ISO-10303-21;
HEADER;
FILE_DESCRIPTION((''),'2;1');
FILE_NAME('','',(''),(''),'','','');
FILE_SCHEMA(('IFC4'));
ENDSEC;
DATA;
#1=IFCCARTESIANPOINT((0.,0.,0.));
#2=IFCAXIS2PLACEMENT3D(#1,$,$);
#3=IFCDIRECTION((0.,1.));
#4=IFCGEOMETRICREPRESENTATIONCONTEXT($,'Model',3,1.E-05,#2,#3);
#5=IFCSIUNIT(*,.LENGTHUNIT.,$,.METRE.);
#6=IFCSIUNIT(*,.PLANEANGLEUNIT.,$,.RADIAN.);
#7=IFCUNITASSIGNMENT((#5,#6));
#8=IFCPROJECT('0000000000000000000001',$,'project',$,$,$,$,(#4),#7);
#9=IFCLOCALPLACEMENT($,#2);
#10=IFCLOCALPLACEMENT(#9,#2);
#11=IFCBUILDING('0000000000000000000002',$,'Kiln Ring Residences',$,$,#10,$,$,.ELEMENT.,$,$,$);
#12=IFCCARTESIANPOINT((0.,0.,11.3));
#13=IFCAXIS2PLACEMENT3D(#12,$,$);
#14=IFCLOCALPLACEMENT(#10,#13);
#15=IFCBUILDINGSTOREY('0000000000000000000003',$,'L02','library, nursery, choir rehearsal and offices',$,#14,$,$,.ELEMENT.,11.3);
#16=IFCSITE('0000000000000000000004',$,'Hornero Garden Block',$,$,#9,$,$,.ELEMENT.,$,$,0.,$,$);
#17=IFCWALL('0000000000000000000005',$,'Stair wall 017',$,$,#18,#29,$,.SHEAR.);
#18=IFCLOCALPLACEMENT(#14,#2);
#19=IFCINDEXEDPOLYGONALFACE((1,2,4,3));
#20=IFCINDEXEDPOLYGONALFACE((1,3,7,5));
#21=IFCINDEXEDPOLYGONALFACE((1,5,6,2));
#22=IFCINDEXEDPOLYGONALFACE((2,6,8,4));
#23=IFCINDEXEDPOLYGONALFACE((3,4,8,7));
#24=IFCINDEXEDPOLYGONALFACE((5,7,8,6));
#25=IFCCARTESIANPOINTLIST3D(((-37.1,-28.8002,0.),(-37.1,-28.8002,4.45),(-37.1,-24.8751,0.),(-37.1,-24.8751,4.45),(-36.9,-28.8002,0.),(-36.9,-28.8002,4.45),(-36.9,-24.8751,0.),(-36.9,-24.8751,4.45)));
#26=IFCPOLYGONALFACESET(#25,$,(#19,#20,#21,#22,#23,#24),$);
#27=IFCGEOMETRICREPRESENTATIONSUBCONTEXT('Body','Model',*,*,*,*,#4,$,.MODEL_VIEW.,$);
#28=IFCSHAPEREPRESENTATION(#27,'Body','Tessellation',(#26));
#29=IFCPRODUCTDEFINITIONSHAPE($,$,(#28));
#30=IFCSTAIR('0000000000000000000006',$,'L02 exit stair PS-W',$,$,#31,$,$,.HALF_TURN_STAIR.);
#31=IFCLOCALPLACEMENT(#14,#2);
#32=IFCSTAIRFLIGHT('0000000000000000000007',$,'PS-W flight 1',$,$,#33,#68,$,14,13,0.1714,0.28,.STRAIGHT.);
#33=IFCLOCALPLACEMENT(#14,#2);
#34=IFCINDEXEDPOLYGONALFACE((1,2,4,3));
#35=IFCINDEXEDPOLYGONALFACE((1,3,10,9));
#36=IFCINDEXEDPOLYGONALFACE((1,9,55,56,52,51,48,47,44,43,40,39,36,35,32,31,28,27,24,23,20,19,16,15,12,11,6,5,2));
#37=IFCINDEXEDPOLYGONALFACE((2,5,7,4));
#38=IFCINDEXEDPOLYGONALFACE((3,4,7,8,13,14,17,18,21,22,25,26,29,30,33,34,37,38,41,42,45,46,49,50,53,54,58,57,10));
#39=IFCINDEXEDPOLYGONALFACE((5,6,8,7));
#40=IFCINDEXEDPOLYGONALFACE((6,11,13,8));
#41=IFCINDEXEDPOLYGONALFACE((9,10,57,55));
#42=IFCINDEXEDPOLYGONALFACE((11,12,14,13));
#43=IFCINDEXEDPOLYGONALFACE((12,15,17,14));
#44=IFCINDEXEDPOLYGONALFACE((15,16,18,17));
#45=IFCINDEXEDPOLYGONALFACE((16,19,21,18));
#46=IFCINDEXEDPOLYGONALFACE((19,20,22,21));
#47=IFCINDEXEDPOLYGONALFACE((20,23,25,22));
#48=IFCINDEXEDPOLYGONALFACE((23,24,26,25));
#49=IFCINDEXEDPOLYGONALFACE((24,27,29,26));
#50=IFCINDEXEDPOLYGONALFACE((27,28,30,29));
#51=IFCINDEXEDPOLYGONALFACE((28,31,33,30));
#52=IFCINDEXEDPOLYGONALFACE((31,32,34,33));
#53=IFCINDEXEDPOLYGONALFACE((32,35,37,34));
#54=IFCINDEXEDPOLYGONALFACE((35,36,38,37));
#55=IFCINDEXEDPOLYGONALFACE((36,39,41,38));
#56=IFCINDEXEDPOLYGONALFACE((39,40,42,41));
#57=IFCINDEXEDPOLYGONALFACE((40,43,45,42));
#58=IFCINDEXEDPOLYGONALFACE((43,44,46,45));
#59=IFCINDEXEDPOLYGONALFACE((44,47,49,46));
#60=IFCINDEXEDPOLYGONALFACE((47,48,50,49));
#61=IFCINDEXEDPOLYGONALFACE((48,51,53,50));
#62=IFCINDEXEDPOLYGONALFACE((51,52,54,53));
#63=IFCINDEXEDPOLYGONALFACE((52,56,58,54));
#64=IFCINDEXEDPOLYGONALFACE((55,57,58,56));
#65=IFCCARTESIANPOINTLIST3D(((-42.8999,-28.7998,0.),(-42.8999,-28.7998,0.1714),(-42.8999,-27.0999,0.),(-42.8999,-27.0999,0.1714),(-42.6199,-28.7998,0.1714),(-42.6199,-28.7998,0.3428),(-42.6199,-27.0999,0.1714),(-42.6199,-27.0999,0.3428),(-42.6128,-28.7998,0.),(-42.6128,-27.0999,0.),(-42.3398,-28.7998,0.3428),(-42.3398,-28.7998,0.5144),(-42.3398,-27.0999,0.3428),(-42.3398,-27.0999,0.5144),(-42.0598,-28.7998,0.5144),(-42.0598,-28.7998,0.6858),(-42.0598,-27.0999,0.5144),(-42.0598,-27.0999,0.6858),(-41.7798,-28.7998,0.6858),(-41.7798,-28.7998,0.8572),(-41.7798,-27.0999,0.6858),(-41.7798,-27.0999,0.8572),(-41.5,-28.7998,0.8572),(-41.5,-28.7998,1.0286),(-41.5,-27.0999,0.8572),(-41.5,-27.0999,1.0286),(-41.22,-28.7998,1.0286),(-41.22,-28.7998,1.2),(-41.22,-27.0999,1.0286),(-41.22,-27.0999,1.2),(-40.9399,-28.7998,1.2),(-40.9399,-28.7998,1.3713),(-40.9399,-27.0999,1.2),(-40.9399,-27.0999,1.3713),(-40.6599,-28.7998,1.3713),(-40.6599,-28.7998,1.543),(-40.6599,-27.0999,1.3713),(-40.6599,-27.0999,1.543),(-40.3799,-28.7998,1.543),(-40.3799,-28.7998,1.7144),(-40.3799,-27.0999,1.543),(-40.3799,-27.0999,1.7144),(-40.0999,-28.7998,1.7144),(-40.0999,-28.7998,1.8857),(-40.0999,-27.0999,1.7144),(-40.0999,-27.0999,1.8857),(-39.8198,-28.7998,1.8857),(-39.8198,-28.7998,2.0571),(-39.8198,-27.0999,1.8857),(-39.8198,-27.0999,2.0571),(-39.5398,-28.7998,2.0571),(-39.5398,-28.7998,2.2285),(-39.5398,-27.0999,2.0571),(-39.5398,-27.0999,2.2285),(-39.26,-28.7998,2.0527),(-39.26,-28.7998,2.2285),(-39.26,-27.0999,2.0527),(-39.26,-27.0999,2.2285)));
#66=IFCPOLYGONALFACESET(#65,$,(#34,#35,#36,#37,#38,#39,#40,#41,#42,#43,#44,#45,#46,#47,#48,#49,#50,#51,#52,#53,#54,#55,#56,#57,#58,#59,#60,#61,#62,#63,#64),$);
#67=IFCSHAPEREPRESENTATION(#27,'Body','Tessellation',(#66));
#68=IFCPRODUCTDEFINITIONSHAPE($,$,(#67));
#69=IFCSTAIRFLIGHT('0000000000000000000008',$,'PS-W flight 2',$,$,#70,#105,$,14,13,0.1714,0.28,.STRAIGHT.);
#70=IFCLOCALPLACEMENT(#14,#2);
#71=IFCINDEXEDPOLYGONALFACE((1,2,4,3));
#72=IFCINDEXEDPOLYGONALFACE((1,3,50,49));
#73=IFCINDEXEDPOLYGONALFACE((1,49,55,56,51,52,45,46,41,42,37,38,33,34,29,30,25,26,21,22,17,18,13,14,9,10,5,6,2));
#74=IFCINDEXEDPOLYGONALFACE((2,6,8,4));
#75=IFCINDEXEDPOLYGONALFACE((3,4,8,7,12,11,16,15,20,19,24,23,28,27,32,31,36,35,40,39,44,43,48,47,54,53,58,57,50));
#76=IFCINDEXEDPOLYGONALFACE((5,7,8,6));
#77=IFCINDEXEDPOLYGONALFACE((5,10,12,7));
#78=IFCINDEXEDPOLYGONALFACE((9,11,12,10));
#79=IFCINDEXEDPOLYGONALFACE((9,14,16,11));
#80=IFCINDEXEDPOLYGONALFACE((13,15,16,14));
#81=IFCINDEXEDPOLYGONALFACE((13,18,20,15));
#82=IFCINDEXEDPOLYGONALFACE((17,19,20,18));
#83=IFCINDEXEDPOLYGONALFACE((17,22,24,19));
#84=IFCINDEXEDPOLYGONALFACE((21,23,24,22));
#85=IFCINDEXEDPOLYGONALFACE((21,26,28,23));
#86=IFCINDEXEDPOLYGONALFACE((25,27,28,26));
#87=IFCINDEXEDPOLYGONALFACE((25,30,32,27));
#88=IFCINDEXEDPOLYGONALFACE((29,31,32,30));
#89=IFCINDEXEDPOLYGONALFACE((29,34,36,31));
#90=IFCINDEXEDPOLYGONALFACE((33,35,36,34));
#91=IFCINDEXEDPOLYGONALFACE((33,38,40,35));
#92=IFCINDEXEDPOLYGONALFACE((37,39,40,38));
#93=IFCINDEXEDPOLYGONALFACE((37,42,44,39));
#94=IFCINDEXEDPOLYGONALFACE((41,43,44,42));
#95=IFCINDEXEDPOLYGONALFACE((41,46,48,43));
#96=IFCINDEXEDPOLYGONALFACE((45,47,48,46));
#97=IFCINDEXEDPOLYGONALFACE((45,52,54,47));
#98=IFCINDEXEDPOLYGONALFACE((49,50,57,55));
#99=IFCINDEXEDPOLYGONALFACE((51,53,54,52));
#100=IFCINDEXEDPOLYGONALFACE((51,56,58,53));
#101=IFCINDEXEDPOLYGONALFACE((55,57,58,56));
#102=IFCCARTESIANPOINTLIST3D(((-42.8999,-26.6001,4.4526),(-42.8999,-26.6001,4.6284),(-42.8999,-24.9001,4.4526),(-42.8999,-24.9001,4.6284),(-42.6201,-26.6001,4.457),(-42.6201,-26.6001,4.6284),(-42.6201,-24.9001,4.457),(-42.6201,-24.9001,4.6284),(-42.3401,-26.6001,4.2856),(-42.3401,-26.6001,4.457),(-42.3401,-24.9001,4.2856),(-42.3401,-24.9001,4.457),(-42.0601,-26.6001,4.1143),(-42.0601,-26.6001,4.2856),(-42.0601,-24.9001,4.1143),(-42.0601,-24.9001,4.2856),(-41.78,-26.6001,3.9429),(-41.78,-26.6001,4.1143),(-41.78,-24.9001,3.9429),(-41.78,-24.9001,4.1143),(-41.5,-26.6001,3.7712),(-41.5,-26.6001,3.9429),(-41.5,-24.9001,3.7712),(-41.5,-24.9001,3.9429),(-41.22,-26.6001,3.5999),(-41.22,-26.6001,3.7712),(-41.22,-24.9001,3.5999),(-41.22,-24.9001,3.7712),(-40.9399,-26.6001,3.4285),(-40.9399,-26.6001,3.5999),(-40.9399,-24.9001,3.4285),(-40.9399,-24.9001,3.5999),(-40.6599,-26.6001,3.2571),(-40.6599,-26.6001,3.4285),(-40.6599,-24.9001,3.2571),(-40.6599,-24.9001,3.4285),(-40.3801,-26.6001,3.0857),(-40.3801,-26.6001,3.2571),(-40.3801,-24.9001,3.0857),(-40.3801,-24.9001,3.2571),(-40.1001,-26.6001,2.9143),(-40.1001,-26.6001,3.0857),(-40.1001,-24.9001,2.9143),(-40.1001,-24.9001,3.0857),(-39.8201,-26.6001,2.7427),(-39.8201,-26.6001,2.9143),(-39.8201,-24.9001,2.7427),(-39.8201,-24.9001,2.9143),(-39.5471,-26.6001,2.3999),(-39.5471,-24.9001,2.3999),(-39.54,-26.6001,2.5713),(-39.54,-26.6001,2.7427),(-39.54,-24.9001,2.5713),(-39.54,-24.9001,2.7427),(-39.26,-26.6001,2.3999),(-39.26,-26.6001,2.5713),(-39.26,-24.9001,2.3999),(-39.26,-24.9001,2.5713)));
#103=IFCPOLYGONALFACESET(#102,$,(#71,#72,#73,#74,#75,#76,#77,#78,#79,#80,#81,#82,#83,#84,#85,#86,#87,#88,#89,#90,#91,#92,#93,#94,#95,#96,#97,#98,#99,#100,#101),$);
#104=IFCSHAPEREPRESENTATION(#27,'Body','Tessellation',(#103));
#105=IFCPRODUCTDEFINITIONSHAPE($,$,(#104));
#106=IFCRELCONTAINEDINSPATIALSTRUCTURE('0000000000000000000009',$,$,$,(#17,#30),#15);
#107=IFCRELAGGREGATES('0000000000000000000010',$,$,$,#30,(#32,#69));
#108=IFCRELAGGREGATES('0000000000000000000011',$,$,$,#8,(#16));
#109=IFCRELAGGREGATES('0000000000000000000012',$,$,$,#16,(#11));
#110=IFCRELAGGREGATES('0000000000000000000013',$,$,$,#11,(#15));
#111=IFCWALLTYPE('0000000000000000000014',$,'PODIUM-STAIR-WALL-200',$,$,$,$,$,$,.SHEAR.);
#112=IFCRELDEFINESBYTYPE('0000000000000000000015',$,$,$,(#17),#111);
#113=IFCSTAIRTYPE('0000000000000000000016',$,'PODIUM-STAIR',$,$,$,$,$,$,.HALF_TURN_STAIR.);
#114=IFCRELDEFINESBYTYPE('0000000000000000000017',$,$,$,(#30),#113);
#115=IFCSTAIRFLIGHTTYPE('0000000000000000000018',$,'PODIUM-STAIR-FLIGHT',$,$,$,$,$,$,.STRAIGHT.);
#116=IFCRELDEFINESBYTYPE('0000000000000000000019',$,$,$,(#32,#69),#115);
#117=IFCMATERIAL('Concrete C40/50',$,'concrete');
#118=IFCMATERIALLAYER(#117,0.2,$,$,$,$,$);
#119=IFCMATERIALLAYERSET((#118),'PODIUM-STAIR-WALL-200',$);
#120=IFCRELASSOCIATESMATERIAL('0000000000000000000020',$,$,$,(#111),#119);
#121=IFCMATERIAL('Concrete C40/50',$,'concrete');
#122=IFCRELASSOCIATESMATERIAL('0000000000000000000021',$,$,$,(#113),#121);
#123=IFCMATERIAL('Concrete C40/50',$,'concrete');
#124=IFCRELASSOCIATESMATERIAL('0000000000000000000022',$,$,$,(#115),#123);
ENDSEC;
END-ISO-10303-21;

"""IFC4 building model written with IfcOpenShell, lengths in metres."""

from ifc_helpers import new_model, si_unit, direction, frame, frame_2d, origin, place, context, subcontext, project, spatial, polyline, rectangle, outline, extrude, material, layer, layer_set, type_object, element, aggregate, save


model = new_model("IFC4")

# Units and contexts
model_context = context("Model", 3, precision=1e-05, world=origin(), true_north=direction((0.0, 1.0)))
body_context = subcontext(model_context, "Body", "Model", "MODEL_VIEW")
ifc_project = project(units=[si_unit("LENGTHUNIT", "METRE"), si_unit("PLANEANGLEUNIT", "RADIAN")], contexts=[model_context])

# Site, building, storey
site_placement = place(None, origin())
site = spatial("IfcSite", under=ifc_project, at=site_placement, Name="Hornero Garden Block", CompositionType="ELEMENT", RefElevation=0.0)
building_placement = place(site_placement, origin())
building = spatial("IfcBuilding", under=site, at=building_placement, Name="Kiln Ring Residences", CompositionType="ELEMENT")
storey_placement = place(building_placement, frame((0.0, 0.0, 11.3)))
storey = spatial("IfcBuildingStorey", under=building, at=storey_placement, Name="L02", Description="library, nursery, choir rehearsal and offices", CompositionType="ELEMENT", Elevation=11.3)

# Shared definitions
ifc_material_1 = material(Name="Concrete C40/50", Category="concrete")
ifc_layer_1 = layer(ifc_material_1, 0.2)
ifc_layer_set_1 = layer_set([ifc_layer_1], Name="PODIUM-STAIR-WALL-200")
wall_type_1 = type_object("IfcWallType", Name="PODIUM-STAIR-WALL-200", PredefinedType="SHEAR", material=ifc_layer_set_1)

# Wall
wall_1_placement = place(storey_placement, frame((-37.0, -28.8, 0.0), z_axis=(0.0, 0.0, 1.0), x_axis=(0.0, 1.0, 0.0)))
element("IfcWall", 1, at=wall_1_placement, inside=storey, type_object=wall_type_1, Name="Stair wall 017", PredefinedType="SHEAR", context=body_context, shape_type="SweptSolid", body=[
    extrude(rectangle(XDim=3.925, YDim=0.2, at=frame_2d((1.9624, 0.0))), origin(), (0.0, 0.0, 1.0), 4.45),
])

# Stair, stair flights
ifc_material_2 = material(Name="Concrete C40/50", Category="concrete")
stair_type = type_object("IfcStairType", Name="PODIUM-STAIR", PredefinedType="HALF_TURN_STAIR", material=ifc_material_2)
stair_placement = place(storey_placement, origin())
stair = element("IfcStair", 2, at=stair_placement, inside=storey, type_object=stair_type, Name="L02 exit stair PS-W", PredefinedType="HALF_TURN_STAIR")
ifc_material_3 = material(Name="Concrete C40/50", Category="concrete")
stair_flight_type = type_object("IfcStairFlightType", Name="PODIUM-STAIR-FLIGHT", PredefinedType="STRAIGHT", material=ifc_material_3)
stair_flight_1_placement = place(storey_placement, frame((-42.8999, -27.95, 0.0), z_axis=(0.0, 0.0, 1.0), x_axis=(1.0, 0.0, 0.0)))
stair_flight_1 = element("IfcStairFlight", 3, at=stair_flight_1_placement, type_object=stair_flight_type, Name="PS-W flight 1", NumberOfRisers=14, NumberOfTreads=13, PredefinedType="STRAIGHT", RiserHeight=0.1714, TreadLength=0.28, context=body_context, shape_type="SweptSolid", body=[
    extrude(outline(polyline([(0.0, 0.0), (0.0, 0.1714), (0.28, 0.1714), (0.28, 0.3428), (0.5601, 0.3428), (0.5601, 0.5144), (0.8401, 0.5144), (0.8401, 0.6858), (1.1201, 0.6858), (1.1201, 0.8572), (1.3999, 0.8572), (1.3999, 1.0286), (1.6799, 1.0286), (1.6799, 1.2), (1.96, 1.2), (1.96, 1.3713), (2.24, 1.3713), (2.24, 1.543), (2.52, 1.543), (2.52, 1.7144), (2.8, 1.7144), (2.8, 1.8857), (3.0801, 1.8857), (3.0801, 2.0571), (3.3601, 2.0571), (3.3601, 2.2285), (3.6399, 2.2285), (3.6399, 2.3999), (3.6399, 2.0527), (0.2871, 0.0), (0.0, 0.0)])), frame((0.0, 0.8501, 0.0), z_axis=(0.0, -1.0, 0.0), x_axis=(1.0, 0.0, 0.0)), (0.0, 0.0, 1.0), 1.7),
])
stair_flight_2_placement = place(storey_placement, frame((-39.26, -25.75, 2.3999), z_axis=(0.0, 0.0, 1.0), x_axis=(-1.0, 0.0, 0.0)))
stair_flight_2 = element("IfcStairFlight", 4, at=stair_flight_2_placement, type_object=stair_flight_type, Name="PS-W flight 2", NumberOfRisers=14, NumberOfTreads=13, PredefinedType="STRAIGHT", RiserHeight=0.1714, TreadLength=0.28, context=body_context, shape_type="SweptSolid", body=[
    extrude(outline(polyline([(0.0, 0.0), (0.0, 0.1714), (0.28, 0.1714), (0.28, 0.3428), (0.5601, 0.3428), (0.5601, 0.5144), (0.8401, 0.5144), (0.8401, 0.6858), (1.1201, 0.6858), (1.1201, 0.8572), (1.3999, 0.8572), (1.3999, 1.0286), (1.6799, 1.0286), (1.6799, 1.2), (1.96, 1.2), (1.96, 1.3713), (2.24, 1.3713), (2.24, 1.543), (2.52, 1.543), (2.52, 1.7144), (2.8, 1.7144), (2.8, 1.8857), (3.0801, 1.8857), (3.0801, 2.0571), (3.3601, 2.0571), (3.3601, 2.2285), (3.6399, 2.2285), (3.6399, 2.3999), (3.6399, 2.0527), (0.2871, 0.0), (0.0, 0.0)])), frame((0.0, 0.8501, 0.0), z_axis=(0.0, -1.0, 0.0), x_axis=(1.0, 0.0, 0.0)), (0.0, 0.0, 1.0), 1.7),
])
aggregate(stair, [stair_flight_1, stair_flight_2])

save(model, "model.ifc")
